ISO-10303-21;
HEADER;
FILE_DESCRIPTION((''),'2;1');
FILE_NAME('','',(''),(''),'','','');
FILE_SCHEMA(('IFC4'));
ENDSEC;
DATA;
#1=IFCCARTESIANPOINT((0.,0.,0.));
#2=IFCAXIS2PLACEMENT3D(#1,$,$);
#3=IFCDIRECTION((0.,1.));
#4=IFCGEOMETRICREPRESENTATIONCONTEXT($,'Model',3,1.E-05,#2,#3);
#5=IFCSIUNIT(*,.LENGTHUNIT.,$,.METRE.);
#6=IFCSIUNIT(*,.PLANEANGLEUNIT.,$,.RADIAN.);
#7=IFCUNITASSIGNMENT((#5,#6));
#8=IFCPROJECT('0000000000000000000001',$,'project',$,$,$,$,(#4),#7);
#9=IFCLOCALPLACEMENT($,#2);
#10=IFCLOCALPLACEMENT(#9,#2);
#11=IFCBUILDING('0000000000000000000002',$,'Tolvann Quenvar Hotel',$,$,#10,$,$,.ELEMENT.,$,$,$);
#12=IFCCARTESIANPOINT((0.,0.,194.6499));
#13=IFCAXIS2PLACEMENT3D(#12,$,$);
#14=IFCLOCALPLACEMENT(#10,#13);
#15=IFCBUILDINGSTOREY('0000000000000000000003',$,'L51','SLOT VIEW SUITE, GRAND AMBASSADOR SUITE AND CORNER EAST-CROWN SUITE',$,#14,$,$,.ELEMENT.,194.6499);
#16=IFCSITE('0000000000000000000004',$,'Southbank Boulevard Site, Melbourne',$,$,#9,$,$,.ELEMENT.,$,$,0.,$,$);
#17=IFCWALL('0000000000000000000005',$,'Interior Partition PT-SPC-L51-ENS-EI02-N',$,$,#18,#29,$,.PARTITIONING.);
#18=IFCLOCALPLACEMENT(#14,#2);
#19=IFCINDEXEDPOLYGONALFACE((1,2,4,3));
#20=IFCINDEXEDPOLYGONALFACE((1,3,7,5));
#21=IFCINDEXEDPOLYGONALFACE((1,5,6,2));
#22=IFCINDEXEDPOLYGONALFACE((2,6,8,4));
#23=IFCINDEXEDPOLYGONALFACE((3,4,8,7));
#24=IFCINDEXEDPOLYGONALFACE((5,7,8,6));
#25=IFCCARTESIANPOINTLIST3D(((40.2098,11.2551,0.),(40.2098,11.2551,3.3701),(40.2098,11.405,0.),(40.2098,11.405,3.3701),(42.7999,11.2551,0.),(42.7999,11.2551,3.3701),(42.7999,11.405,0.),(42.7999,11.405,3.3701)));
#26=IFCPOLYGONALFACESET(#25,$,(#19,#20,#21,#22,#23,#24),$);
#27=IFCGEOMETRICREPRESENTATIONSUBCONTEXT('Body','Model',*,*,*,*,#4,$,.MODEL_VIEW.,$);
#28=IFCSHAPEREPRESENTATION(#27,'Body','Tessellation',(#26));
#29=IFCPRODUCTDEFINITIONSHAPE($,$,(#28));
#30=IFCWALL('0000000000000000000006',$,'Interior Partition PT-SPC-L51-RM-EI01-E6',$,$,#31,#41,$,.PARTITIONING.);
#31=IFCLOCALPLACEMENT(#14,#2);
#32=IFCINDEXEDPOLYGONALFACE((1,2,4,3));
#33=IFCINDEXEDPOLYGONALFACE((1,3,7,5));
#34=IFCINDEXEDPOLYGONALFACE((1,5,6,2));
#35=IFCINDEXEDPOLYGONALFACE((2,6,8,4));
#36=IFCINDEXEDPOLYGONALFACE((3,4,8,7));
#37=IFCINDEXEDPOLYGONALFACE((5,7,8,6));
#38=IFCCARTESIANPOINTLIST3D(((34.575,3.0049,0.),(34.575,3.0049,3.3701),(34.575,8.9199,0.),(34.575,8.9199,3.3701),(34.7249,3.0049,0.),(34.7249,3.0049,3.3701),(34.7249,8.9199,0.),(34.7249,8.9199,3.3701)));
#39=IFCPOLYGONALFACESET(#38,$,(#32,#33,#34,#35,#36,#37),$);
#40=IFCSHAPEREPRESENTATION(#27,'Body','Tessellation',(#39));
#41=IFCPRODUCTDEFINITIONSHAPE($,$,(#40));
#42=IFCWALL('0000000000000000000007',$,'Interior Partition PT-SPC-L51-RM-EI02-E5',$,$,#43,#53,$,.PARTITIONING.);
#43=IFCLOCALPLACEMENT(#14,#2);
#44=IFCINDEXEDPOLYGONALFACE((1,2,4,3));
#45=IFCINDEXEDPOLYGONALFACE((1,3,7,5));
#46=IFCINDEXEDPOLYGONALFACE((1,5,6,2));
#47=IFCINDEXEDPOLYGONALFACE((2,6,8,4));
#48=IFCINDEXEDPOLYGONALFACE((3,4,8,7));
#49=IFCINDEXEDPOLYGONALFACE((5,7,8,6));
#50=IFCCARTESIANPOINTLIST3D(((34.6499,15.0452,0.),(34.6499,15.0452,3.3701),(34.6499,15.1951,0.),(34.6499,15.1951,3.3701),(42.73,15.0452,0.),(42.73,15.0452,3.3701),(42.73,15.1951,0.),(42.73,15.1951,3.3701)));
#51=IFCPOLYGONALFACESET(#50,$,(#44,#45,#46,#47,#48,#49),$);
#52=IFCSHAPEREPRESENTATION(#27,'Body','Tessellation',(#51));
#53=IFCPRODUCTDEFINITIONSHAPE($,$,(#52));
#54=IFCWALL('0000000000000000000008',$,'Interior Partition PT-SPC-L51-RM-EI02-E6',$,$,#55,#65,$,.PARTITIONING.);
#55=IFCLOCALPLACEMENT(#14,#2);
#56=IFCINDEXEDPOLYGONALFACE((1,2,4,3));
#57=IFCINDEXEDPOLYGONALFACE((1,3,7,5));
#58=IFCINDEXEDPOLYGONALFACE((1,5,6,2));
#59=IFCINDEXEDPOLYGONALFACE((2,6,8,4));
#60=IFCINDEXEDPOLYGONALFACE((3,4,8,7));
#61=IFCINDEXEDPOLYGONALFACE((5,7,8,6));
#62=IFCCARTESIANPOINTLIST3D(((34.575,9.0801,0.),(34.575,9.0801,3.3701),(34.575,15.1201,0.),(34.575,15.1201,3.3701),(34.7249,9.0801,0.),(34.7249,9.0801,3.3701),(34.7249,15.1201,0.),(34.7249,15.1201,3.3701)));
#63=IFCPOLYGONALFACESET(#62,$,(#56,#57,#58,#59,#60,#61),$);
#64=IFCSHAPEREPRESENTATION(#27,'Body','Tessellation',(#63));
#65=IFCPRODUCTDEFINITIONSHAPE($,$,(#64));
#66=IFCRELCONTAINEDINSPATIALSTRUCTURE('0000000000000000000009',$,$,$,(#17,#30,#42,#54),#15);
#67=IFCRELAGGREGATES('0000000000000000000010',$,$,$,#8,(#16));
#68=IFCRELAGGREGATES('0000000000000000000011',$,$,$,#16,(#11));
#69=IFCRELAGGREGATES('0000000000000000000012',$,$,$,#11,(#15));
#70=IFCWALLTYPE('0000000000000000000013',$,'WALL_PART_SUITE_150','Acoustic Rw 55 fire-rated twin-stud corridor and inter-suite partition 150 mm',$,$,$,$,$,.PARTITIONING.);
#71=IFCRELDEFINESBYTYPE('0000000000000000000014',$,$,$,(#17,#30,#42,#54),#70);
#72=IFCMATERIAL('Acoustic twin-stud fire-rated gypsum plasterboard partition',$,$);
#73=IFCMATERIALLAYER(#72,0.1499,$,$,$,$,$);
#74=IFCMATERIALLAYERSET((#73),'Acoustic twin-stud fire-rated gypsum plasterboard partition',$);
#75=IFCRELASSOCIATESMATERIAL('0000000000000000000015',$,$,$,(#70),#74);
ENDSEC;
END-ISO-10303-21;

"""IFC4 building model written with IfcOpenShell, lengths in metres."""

from ifc_helpers import new_model, si_unit, direction, frame, frame_2d, origin, place, context, subcontext, project, spatial, rectangle, extrude, material, layer, layer_set, type_object, element, save


model = new_model("IFC4")

# Units and contexts
model_context = context("Model", 3, precision=1e-05, world=origin(), true_north=direction((0.0, 1.0)))
body_context = subcontext(model_context, "Body", "Model", "MODEL_VIEW")
ifc_project = project(units=[si_unit("LENGTHUNIT", "METRE"), si_unit("PLANEANGLEUNIT", "RADIAN")], contexts=[model_context])

# Site, building, storey
site_placement = place(None, origin())
site = spatial("IfcSite", under=ifc_project, at=site_placement, Name="Southbank Boulevard Site, Melbourne", CompositionType="ELEMENT", RefElevation=0.0)
building_placement = place(site_placement, origin())
building = spatial("IfcBuilding", under=site, at=building_placement, Name="Tolvann Quenvar Hotel", CompositionType="ELEMENT")
storey_placement = place(building_placement, frame((0.0, 0.0, 194.6499)))
storey = spatial("IfcBuildingStorey", under=building, at=storey_placement, Name="L51", Description="SLOT VIEW SUITE, GRAND AMBASSADOR SUITE AND CORNER EAST-CROWN SUITE", CompositionType="ELEMENT", Elevation=194.6499)

# Shared definitions
ifc_material_1 = material(Name="Acoustic twin-stud fire-rated gypsum plasterboard partition")
ifc_layer_1 = layer(ifc_material_1, 0.1499)
ifc_layer_set_1 = layer_set([ifc_layer_1], Name="Acoustic twin-stud fire-rated gypsum plasterboard partition")
wall_type_1 = type_object("IfcWallType", Name="WALL_PART_SUITE_150", Description="Acoustic Rw 55 fire-rated twin-stud corridor and inter-suite partition 150 mm", PredefinedType="PARTITIONING", material=ifc_layer_set_1)

# Wall
wall_1_placement = place(storey_placement, frame((40.21, 11.3301, 0.0), z_axis=(0.0, 0.0, 1.0), x_axis=(1.0, 0.0, 0.0)))
element("IfcWall", 1, at=wall_1_placement, inside=storey, type_object=wall_type_1, Name="Interior Partition PT-SPC-L51-ENS-EI02-N", PredefinedType="PARTITIONING", context=body_context, shape_type="SweptSolid", body=[
    extrude(rectangle(XDim=2.5901, YDim=0.1499, at=frame_2d((1.2949, 0.0))), origin(), (0.0, 0.0, 1.0), 3.3701),
])

# Walls
wall_2_placement = place(storey_placement, frame((34.6499, 3.0049, 0.0), z_axis=(0.0, 0.0, 1.0), x_axis=(0.0, 1.0, 0.0)))
element("IfcWall", 2, at=wall_2_placement, inside=storey, type_object=wall_type_1, Name="Interior Partition PT-SPC-L51-RM-EI01-E6", PredefinedType="PARTITIONING", context=body_context, shape_type="SweptSolid", body=[
    extrude(rectangle(XDim=5.915, YDim=0.1499, at=frame_2d((2.9575, 0.0))), origin(), (0.0, 0.0, 1.0), 3.3701),
])
wall_3_placement = place(storey_placement, frame((34.6499, 15.1201, 0.0), z_axis=(0.0, 0.0, 1.0), x_axis=(1.0, 0.0, 0.0)))
element("IfcWall", 3, at=wall_3_placement, inside=storey, type_object=wall_type_1, Name="Interior Partition PT-SPC-L51-RM-EI02-E5", PredefinedType="PARTITIONING", context=body_context, shape_type="SweptSolid", body=[
    extrude(rectangle(XDim=8.0801, YDim=0.1499, at=frame_2d((4.04, 0.0))), origin(), (0.0, 0.0, 1.0), 3.3701),
])
wall_4_placement = place(storey_placement, frame((34.6499, 9.0801, 0.0), z_axis=(0.0, 0.0, 1.0), x_axis=(0.0, 1.0, 0.0)))
element("IfcWall", 4, at=wall_4_placement, inside=storey, type_object=wall_type_1, Name="Interior Partition PT-SPC-L51-RM-EI02-E6", PredefinedType="PARTITIONING", context=body_context, shape_type="SweptSolid", body=[
    extrude(rectangle(XDim=6.04, YDim=0.1499, at=frame_2d((3.02, 0.0))), origin(), (0.0, 0.0, 1.0), 3.3701),
])

save(model, "model.ifc")
